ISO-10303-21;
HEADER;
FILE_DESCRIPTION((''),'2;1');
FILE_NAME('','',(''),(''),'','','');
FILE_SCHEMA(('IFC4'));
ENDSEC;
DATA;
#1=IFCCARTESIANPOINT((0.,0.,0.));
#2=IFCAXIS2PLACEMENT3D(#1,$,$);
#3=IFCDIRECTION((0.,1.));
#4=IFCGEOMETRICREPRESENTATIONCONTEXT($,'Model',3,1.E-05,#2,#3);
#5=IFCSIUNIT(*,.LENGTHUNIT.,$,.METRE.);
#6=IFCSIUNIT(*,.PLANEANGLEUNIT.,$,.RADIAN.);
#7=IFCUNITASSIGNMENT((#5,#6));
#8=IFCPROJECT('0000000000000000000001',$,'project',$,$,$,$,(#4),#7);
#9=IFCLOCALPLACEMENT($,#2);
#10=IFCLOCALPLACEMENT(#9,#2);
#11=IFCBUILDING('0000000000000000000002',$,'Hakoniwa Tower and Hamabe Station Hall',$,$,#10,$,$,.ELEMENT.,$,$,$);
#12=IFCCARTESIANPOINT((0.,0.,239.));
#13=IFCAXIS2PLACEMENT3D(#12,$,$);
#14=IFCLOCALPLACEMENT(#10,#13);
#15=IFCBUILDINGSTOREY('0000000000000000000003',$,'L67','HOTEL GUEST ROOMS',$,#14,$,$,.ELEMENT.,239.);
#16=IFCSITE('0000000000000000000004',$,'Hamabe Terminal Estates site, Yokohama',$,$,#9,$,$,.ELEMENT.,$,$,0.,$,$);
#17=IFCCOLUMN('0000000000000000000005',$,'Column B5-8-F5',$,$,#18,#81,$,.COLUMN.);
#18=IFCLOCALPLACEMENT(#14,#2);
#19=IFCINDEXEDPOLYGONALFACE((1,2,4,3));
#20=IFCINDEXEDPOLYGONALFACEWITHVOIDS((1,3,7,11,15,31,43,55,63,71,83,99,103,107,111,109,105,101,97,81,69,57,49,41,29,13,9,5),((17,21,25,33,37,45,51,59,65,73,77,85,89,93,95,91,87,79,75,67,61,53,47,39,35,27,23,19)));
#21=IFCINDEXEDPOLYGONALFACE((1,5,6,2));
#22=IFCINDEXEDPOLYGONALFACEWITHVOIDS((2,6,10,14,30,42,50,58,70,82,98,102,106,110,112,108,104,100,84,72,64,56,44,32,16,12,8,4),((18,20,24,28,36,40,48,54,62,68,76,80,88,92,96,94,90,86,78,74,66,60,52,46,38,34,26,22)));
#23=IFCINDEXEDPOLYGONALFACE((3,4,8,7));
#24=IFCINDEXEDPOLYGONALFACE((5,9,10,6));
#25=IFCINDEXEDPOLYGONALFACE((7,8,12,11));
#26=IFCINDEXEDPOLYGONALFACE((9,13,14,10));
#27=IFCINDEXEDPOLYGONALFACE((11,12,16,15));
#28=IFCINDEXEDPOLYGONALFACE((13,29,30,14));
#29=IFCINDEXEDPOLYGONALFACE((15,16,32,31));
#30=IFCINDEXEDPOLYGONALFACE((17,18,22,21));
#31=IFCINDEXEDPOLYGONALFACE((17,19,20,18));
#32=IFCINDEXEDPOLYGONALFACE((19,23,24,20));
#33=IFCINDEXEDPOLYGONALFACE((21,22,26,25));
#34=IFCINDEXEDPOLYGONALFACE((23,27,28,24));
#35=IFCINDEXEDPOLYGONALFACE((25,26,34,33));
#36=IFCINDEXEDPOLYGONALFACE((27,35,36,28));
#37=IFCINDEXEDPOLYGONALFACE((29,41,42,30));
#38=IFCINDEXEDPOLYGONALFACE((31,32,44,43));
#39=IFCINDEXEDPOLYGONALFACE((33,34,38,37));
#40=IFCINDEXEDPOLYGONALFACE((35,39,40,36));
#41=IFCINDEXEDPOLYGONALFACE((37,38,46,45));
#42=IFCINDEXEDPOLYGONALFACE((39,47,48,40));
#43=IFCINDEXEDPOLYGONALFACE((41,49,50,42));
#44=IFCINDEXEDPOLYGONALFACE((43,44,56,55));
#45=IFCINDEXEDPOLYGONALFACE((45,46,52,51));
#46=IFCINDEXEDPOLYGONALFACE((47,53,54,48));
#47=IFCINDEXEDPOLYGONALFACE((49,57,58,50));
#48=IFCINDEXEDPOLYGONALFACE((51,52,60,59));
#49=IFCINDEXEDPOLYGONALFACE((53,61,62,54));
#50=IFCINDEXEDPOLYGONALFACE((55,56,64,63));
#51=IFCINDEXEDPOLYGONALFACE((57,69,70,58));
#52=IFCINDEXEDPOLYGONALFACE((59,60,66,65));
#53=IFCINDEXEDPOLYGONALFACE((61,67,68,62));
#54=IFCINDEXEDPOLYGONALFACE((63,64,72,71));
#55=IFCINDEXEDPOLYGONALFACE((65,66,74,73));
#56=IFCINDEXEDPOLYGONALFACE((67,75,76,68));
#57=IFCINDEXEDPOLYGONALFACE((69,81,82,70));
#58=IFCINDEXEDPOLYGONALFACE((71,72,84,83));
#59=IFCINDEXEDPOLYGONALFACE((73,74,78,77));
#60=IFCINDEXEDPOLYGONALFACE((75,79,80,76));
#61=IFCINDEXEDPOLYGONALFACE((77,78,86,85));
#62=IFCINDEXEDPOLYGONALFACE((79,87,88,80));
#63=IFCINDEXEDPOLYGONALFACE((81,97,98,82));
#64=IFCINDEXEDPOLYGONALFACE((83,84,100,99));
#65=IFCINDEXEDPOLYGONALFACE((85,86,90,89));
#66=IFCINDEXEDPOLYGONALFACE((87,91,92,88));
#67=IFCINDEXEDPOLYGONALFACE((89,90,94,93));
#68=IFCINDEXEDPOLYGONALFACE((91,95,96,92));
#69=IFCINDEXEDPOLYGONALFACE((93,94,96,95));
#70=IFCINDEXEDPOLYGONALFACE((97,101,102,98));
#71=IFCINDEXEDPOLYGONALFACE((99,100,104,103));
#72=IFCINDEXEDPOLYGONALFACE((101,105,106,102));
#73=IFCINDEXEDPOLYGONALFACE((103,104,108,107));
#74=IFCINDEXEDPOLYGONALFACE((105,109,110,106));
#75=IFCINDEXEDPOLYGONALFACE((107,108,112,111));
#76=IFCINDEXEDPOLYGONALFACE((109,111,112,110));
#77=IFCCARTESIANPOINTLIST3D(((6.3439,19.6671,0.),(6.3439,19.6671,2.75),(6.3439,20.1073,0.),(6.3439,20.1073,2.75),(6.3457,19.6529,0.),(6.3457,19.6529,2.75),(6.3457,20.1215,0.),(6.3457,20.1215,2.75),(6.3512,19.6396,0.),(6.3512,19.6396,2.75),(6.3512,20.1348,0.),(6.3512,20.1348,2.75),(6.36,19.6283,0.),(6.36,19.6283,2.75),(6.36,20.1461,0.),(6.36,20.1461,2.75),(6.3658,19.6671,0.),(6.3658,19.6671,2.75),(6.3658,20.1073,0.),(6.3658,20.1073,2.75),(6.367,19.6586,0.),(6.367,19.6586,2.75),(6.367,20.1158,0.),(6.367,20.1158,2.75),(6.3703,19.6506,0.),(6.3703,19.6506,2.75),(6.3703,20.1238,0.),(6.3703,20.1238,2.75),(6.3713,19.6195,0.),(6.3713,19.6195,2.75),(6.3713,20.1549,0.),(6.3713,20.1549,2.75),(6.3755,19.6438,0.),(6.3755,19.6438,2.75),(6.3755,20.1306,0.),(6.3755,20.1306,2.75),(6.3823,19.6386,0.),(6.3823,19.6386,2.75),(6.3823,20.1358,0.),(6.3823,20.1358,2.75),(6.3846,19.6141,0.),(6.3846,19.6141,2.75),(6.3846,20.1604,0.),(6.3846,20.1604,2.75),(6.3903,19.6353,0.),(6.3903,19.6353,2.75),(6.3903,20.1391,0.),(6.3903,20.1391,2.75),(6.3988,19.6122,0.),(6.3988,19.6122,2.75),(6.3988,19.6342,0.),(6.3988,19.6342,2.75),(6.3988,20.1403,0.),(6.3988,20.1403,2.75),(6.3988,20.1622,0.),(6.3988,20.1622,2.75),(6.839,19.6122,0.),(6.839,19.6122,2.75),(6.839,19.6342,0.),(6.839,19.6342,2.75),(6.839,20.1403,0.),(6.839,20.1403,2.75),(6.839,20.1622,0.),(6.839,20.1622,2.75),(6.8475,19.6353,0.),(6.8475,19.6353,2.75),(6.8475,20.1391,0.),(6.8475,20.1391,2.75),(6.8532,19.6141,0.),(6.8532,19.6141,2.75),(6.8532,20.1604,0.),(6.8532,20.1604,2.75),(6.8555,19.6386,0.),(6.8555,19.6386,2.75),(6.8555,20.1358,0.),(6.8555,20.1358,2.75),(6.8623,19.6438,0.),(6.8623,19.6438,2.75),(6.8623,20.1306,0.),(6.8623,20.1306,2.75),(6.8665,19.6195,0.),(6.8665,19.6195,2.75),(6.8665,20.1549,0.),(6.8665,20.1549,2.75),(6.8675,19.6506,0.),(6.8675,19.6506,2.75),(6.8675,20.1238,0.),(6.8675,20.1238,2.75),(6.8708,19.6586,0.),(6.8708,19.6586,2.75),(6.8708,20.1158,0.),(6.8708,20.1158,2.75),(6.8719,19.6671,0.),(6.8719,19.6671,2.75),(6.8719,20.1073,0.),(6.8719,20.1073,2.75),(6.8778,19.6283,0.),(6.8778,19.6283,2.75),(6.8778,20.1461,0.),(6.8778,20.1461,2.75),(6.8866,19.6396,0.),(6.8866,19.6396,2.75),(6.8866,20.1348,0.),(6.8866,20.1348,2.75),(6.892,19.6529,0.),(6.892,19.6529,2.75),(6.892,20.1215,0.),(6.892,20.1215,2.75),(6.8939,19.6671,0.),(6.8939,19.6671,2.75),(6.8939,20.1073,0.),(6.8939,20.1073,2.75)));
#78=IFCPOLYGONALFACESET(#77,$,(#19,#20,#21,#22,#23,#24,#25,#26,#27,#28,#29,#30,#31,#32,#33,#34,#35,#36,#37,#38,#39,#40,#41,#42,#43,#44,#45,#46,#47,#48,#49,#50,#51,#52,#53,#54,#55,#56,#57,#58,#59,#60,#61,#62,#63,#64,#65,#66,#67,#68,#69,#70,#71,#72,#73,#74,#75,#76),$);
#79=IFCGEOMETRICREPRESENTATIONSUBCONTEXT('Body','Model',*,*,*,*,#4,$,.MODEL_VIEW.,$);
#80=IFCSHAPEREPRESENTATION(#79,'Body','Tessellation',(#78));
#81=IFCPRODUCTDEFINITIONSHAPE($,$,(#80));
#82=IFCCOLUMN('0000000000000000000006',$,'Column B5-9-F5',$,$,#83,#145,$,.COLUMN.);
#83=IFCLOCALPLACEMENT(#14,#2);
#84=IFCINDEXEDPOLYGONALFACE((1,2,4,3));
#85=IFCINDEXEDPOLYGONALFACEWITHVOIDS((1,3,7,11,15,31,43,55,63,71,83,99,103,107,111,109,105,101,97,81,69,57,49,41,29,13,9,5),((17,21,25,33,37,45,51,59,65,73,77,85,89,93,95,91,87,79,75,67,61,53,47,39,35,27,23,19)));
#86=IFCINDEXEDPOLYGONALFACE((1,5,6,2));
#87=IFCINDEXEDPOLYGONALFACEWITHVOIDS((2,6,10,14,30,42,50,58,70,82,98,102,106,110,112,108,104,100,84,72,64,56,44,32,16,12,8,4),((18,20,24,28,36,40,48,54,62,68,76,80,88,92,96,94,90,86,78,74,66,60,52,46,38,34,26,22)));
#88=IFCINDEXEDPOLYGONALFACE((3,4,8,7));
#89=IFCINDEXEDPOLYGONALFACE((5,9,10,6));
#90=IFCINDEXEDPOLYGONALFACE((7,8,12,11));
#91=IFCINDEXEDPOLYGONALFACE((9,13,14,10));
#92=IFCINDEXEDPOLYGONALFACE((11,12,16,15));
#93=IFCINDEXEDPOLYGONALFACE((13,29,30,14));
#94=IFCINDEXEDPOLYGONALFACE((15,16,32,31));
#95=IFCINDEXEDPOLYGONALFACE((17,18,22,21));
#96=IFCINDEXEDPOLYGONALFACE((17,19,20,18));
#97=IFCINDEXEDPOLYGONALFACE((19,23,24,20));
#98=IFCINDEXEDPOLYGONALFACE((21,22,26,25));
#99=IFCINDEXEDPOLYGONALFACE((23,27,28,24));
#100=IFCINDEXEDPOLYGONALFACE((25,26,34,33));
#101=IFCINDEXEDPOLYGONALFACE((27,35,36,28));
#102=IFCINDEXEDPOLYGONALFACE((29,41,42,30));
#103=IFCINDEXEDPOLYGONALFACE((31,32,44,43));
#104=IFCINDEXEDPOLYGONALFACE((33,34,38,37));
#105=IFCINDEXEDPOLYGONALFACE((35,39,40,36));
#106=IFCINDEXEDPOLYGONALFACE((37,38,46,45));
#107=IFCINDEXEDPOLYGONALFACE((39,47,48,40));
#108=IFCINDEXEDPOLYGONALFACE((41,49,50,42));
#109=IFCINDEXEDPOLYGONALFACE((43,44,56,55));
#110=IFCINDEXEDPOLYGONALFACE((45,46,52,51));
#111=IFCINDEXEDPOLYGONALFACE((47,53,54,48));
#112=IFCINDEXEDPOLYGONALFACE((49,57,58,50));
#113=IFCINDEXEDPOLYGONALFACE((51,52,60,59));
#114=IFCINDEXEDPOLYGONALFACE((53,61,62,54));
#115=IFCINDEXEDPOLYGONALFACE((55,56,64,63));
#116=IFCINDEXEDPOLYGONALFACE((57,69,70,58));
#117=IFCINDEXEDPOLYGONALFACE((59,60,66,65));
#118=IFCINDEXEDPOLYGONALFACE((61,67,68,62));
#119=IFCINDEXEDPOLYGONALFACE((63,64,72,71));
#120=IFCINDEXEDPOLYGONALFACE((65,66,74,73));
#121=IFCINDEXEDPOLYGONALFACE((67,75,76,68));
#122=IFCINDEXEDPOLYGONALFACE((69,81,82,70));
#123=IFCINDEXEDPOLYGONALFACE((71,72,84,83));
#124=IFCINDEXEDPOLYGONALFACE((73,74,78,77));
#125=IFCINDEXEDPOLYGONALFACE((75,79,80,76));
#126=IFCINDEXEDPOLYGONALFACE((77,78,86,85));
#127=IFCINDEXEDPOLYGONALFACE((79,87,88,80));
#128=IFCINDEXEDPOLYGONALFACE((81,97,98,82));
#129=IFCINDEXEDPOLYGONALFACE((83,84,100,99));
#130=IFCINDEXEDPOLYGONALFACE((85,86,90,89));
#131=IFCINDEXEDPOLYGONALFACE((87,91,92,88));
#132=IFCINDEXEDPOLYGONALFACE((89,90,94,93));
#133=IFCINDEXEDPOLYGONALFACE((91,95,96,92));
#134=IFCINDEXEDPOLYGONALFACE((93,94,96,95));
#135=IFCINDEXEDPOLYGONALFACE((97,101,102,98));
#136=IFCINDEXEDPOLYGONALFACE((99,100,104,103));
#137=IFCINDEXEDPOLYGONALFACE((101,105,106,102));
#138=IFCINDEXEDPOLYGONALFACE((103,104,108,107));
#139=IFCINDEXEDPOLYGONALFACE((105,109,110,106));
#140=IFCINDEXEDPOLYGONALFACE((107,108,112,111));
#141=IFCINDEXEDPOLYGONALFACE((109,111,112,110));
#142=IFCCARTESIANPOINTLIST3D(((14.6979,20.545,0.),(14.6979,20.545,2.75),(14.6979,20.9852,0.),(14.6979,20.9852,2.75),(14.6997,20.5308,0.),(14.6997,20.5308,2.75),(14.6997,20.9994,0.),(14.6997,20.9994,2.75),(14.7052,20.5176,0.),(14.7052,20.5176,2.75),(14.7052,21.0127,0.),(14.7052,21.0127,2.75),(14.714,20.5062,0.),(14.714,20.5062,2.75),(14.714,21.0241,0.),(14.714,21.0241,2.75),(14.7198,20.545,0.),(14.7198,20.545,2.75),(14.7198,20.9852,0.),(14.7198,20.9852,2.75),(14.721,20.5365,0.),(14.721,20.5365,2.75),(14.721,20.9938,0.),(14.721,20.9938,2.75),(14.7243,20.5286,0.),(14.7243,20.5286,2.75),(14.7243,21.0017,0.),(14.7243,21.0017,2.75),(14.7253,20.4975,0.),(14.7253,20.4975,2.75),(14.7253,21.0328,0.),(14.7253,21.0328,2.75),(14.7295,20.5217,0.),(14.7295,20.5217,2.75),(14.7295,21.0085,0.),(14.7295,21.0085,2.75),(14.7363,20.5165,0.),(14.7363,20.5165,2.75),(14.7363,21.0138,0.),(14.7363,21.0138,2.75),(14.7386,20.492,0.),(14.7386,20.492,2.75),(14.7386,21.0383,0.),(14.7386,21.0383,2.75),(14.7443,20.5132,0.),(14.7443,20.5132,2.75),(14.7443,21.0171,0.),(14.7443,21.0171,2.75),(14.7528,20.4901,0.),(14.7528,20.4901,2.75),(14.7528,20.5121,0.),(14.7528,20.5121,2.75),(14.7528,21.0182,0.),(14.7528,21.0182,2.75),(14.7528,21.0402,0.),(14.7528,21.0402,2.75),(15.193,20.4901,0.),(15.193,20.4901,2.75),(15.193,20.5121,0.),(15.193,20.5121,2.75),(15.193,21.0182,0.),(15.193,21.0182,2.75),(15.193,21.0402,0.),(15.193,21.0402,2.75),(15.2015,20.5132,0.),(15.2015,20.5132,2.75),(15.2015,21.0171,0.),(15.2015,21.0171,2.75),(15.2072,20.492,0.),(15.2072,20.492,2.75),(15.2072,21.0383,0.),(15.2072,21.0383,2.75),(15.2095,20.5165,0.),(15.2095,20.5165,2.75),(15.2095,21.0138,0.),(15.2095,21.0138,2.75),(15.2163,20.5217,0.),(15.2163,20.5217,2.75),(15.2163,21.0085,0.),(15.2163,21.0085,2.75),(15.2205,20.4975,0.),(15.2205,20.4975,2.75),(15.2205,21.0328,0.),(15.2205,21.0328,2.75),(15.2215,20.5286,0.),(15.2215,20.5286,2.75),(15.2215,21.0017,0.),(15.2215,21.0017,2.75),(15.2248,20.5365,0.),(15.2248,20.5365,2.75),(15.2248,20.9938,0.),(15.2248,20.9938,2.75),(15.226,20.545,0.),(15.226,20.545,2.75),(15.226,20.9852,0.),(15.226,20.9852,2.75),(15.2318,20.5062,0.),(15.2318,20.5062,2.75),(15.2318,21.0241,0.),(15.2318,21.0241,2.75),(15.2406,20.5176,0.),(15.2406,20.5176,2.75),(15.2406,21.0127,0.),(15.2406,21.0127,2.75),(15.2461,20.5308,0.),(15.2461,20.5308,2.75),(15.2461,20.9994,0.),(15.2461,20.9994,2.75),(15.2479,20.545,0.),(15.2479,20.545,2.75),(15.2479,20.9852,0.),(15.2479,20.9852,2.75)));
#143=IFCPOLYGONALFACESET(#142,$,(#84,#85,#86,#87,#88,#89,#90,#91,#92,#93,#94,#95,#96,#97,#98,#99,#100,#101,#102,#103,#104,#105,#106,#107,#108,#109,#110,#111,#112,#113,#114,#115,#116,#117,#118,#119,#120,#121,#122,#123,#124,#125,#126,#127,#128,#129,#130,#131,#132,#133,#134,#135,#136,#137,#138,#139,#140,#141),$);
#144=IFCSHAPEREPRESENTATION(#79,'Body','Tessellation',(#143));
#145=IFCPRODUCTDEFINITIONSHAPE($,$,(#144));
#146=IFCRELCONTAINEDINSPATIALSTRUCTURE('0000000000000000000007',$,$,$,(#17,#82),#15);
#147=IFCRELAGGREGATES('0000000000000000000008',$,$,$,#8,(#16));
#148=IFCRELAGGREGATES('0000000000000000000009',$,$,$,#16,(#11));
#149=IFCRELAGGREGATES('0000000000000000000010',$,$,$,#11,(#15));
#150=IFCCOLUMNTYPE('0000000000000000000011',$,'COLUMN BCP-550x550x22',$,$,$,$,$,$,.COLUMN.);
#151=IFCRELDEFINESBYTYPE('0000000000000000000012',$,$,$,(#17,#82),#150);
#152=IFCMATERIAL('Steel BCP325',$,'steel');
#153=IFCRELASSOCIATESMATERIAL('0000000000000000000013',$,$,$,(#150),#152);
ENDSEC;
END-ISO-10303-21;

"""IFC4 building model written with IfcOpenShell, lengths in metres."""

from ifc_helpers import new_model, si_unit, direction, frame, origin, origin_2d, place, context, subcontext, project, spatial, hollow_rectangle, extrude, material, material_profile, profile_set, type_object, element, save


model = new_model("IFC4")

# Units and contexts
model_context = context("Model", 3, precision=1e-05, world=origin(), true_north=direction((0.0, 1.0)))
body_context = subcontext(model_context, "Body", "Model", "MODEL_VIEW")
ifc_project = project(units=[si_unit("LENGTHUNIT", "METRE"), si_unit("PLANEANGLEUNIT", "RADIAN")], contexts=[model_context])

# Site, building, storey
site_placement = place(None, origin())
site = spatial("IfcSite", under=ifc_project, at=site_placement, Name="Hamabe Terminal Estates site, Yokohama", CompositionType="ELEMENT", RefElevation=0.0)
building_placement = place(site_placement, origin())
building = spatial("IfcBuilding", under=site, at=building_placement, Name="Hakoniwa Tower and Hamabe Station Hall", CompositionType="ELEMENT")
storey_placement = place(building_placement, frame((0.0, 0.0, 239.0)))
storey = spatial("IfcBuildingStorey", under=building, at=storey_placement, Name="L67", Description="HOTEL GUEST ROOMS", CompositionType="ELEMENT", Elevation=239.0)

# Columns
ifc_material_1 = material(Name="Steel BCP325", Category="steel")
ifc_material_profile_1 = material_profile(ifc_material_1, hollow_rectangle(XDim=0.55, YDim=0.55, WallThickness=0.022, InnerFilletRadius=0.033, OuterFilletRadius=0.0549, at=origin_2d()), Name="BCP-550x550x22")
ifc_profile_set_1 = profile_set([ifc_material_profile_1], Name="Steel BCP325")
column_type_1 = type_object("IfcColumnType", Name="COLUMN BCP-550x550x22", PredefinedType="COLUMN", material=ifc_profile_set_1)
for number, where, z_axis, x_axis, name in (
    (1, (6.6189, 19.8872, 0.0), (0.0, 0.0, 1.0), (1.0, 0.0, 0.0), "Column B5-8-F5"),
    (2, (14.9729, 20.7651, 0.0), (0.0, 0.0, 1.0), (1.0, 0.0, 0.0), "Column B5-9-F5"),
):
    element("IfcColumn", number, at=place(storey_placement, frame(where, z_axis=z_axis, x_axis=x_axis)), inside=storey, type_object=column_type_1, Name=name, PredefinedType="COLUMN", context=body_context, shape_type="SweptSolid", body=[
        extrude(hollow_rectangle(XDim=0.55, YDim=0.55, WallThickness=0.022, InnerFilletRadius=0.033, OuterFilletRadius=0.0549, at=origin_2d()), origin(), (0.0, 0.0, 1.0), 2.75),
    ])

save(model, "model.ifc")
